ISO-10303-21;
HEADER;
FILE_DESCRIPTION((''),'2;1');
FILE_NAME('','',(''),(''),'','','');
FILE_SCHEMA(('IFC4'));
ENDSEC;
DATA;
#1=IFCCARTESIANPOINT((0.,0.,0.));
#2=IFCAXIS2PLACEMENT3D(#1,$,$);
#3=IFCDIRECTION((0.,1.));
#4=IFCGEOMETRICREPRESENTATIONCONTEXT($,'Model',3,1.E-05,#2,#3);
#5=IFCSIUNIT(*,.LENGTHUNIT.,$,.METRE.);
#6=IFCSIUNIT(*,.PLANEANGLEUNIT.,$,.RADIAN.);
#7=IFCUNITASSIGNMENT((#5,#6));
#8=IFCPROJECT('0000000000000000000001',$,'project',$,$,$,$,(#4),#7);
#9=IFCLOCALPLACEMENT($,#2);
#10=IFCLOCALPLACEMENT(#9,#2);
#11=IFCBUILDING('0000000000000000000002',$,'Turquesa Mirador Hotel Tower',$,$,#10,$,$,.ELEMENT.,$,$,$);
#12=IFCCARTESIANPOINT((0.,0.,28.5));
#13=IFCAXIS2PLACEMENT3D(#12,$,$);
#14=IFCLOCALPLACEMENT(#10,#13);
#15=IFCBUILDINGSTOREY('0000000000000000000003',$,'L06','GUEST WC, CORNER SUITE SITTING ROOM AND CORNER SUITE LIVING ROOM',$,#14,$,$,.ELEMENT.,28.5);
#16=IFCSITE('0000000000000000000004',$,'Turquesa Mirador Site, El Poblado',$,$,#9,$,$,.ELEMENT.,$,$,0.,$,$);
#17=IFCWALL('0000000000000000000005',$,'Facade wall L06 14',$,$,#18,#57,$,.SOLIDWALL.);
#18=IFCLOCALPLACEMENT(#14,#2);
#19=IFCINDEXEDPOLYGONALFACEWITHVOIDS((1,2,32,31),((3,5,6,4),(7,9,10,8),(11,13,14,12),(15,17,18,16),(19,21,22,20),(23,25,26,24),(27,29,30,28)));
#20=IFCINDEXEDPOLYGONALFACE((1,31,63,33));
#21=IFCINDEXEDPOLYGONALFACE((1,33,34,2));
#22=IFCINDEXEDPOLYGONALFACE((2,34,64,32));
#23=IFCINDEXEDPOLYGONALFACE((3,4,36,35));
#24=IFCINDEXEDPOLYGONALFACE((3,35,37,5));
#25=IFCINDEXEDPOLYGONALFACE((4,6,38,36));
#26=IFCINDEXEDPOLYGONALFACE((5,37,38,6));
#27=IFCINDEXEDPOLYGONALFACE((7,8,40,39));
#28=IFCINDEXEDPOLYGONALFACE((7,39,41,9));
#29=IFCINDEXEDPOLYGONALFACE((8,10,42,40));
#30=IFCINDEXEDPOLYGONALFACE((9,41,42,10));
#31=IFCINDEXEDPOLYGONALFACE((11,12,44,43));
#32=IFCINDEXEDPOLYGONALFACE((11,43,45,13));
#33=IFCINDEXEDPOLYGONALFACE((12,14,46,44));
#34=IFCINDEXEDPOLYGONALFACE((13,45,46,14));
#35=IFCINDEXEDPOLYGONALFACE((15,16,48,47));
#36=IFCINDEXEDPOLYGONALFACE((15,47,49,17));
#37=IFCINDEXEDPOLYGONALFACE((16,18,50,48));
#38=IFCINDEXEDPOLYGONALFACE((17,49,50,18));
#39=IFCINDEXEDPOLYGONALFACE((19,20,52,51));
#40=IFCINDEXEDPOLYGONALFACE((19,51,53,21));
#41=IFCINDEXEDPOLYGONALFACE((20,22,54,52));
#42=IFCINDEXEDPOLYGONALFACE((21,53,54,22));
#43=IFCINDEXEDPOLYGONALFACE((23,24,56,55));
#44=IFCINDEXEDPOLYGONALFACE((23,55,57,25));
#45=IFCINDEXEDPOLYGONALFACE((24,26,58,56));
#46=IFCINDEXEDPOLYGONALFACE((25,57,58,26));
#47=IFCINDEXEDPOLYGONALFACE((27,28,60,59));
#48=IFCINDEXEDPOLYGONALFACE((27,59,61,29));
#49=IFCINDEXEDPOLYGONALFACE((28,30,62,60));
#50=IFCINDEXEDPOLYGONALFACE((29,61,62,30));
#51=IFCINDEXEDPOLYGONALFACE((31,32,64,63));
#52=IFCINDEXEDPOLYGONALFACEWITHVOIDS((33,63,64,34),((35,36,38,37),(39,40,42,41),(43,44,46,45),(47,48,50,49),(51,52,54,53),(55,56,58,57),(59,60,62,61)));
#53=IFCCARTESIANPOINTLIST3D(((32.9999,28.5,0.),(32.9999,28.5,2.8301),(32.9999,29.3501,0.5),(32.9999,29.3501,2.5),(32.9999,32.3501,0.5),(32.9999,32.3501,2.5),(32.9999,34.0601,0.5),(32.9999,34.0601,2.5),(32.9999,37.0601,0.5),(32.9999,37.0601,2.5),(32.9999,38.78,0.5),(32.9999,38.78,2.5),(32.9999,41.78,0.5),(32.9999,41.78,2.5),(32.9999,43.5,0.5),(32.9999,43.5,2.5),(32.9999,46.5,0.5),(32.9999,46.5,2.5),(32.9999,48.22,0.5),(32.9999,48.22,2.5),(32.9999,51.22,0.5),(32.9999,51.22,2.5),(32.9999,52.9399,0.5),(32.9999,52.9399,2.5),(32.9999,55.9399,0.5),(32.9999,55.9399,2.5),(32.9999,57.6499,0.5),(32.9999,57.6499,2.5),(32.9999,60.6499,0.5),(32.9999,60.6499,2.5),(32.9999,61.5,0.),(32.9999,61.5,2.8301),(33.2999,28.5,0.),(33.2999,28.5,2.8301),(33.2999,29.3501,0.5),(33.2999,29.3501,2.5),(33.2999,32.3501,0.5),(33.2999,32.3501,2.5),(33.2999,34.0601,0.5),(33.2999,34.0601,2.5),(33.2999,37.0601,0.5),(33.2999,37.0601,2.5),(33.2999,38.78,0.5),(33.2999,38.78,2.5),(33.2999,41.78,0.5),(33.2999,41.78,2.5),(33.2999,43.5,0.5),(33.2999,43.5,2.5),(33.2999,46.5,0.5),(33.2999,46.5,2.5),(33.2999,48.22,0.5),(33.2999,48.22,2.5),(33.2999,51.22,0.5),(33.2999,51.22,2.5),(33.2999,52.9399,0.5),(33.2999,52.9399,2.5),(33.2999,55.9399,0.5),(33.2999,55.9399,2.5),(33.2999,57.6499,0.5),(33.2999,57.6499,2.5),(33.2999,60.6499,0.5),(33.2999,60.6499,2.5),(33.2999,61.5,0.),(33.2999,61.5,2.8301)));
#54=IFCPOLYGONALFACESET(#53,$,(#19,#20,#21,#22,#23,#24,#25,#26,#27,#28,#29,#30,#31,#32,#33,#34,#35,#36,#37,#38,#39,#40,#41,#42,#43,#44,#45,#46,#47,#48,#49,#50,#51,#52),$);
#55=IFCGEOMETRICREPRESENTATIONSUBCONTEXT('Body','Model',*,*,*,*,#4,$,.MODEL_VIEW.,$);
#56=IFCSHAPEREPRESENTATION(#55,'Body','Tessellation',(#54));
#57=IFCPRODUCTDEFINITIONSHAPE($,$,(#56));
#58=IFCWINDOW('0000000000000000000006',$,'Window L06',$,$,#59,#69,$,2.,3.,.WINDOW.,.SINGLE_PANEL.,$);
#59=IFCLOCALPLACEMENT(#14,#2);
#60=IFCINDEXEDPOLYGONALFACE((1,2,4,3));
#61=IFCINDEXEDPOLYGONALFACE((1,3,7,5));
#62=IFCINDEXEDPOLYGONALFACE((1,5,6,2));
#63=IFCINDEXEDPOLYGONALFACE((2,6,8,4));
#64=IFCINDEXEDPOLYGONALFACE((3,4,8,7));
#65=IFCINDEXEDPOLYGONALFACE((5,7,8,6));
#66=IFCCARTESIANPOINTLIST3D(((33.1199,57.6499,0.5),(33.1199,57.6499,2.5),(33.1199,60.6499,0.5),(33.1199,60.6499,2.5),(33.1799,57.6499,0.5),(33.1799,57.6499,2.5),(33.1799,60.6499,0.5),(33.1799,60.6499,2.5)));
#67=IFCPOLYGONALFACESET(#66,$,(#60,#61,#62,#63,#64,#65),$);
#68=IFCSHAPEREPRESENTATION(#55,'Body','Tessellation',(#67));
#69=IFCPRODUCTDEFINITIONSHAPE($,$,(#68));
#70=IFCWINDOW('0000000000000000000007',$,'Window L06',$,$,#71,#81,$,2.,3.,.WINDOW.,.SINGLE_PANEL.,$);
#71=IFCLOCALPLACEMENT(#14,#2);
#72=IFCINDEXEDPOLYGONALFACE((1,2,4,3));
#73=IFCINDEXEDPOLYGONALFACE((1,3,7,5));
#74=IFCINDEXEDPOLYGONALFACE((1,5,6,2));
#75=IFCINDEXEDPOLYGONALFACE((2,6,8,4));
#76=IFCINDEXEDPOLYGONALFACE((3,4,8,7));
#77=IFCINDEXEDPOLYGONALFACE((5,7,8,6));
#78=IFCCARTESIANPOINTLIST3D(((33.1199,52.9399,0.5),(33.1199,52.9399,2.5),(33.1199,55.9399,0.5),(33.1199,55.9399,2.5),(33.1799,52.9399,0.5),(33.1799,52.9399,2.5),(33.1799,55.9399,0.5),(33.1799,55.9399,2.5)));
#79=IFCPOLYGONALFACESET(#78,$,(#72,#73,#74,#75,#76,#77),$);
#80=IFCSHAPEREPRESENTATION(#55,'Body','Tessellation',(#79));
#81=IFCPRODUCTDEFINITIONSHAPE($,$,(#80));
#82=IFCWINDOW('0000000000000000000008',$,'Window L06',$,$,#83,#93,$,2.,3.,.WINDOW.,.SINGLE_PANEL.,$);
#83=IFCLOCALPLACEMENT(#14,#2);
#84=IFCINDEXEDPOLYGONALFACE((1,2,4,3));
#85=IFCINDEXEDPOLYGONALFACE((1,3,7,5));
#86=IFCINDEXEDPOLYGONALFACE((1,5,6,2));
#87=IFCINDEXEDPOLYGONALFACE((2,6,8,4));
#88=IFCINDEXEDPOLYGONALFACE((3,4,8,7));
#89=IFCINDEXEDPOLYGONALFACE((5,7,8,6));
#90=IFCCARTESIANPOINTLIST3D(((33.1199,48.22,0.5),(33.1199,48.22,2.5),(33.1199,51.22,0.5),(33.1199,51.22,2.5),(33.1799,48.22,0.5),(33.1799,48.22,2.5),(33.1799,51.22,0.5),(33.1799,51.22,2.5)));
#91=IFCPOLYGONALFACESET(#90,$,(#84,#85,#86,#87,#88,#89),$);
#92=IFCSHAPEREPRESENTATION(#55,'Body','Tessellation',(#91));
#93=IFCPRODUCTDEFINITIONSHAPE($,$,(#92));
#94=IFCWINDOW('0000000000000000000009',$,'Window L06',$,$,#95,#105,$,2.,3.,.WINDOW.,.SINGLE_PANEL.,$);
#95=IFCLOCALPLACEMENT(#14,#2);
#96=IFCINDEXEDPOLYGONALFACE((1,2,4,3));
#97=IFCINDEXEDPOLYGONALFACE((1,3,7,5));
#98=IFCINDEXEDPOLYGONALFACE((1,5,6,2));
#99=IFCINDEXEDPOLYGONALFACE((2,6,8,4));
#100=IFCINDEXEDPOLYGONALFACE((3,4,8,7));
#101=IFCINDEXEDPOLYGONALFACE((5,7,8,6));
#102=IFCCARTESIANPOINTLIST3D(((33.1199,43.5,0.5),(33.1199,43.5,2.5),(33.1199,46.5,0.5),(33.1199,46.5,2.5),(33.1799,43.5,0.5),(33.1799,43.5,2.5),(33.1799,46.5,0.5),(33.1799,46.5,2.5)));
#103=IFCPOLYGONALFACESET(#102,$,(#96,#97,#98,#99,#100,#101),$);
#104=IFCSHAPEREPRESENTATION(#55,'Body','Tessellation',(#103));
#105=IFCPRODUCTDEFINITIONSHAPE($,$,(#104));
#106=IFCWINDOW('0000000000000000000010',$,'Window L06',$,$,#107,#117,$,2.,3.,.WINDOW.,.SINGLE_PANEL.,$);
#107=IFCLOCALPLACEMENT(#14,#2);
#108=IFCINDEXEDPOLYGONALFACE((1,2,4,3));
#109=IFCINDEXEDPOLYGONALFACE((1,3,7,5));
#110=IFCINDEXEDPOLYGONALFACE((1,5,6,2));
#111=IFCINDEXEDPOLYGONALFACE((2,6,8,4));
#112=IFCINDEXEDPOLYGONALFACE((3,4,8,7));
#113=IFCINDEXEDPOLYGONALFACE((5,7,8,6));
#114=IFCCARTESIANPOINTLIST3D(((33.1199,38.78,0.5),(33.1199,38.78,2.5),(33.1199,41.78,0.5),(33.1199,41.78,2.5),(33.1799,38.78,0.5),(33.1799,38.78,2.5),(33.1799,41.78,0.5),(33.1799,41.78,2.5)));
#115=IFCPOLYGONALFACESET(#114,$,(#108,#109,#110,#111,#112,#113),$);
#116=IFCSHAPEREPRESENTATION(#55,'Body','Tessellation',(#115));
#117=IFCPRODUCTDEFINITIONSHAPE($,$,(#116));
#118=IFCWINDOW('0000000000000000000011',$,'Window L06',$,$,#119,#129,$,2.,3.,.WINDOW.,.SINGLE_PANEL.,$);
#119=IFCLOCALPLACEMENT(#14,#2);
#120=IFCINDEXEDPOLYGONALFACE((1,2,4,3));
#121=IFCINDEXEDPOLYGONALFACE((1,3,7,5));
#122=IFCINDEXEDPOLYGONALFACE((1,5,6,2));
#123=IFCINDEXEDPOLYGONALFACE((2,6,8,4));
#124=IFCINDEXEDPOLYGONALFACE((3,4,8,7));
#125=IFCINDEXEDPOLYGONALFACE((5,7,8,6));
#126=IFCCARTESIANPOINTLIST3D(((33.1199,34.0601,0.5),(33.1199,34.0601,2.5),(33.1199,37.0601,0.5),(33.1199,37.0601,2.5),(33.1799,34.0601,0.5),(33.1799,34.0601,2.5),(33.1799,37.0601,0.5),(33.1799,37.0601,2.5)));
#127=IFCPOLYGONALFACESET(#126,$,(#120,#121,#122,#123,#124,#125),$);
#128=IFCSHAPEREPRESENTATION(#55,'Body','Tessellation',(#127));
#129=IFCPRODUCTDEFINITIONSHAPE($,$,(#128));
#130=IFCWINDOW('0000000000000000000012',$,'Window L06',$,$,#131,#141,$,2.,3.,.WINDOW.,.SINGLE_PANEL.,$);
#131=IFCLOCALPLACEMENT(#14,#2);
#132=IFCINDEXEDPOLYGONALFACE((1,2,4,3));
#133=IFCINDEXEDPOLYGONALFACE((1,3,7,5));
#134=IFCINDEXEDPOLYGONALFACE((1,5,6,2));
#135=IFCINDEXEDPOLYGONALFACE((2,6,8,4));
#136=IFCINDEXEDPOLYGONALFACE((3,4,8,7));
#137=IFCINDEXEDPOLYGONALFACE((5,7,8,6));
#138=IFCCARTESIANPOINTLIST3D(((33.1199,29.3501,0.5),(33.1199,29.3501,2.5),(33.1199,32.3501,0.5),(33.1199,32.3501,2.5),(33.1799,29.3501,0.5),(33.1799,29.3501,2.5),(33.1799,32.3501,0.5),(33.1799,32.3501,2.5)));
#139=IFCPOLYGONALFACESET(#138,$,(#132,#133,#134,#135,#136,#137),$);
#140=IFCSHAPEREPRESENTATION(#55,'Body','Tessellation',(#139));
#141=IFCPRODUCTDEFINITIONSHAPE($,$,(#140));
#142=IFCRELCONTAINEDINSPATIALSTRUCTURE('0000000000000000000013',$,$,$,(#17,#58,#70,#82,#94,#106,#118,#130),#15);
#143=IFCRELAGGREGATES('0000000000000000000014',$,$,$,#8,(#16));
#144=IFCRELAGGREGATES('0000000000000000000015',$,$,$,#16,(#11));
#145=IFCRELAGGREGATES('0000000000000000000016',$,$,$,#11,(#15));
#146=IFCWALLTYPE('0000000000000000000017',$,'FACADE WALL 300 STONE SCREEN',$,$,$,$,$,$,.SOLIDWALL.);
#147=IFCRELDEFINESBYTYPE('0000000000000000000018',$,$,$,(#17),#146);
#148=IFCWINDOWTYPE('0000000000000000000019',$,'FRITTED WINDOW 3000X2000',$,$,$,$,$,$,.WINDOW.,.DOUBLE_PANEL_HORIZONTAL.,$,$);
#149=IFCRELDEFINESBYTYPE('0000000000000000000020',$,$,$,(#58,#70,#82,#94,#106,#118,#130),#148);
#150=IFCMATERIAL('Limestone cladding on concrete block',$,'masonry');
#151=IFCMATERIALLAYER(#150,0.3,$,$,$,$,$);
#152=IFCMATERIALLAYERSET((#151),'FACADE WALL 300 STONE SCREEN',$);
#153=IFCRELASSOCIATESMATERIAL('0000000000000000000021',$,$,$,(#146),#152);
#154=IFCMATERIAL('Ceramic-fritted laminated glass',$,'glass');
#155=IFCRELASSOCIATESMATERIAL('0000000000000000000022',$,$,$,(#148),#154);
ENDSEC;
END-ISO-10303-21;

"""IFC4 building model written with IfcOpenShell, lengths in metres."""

from ifc_helpers import new_model, si_unit, direction, frame, frame_2d, origin, place, context, subcontext, project, spatial, rectangle, extrude, material, layer, layer_set, type_object, element, fill, save


model = new_model("IFC4")

# Units and contexts
model_context = context("Model", 3, precision=1e-05, world=origin(), true_north=direction((0.0, 1.0)))
body_context = subcontext(model_context, "Body", "Model", "MODEL_VIEW")
ifc_project = project(units=[si_unit("LENGTHUNIT", "METRE"), si_unit("PLANEANGLEUNIT", "RADIAN")], contexts=[model_context])

# Site, building, storey
site_placement = place(None, origin())
site = spatial("IfcSite", under=ifc_project, at=site_placement, Name="Turquesa Mirador Site, El Poblado", CompositionType="ELEMENT", RefElevation=0.0)
building_placement = place(site_placement, origin())
building = spatial("IfcBuilding", under=site, at=building_placement, Name="Turquesa Mirador Hotel Tower", CompositionType="ELEMENT")
storey_placement = place(building_placement, frame((0.0, 0.0, 28.5)))
storey = spatial("IfcBuildingStorey", under=building, at=storey_placement, Name="L06", Description="GUEST WC, CORNER SUITE SITTING ROOM AND CORNER SUITE LIVING ROOM", CompositionType="ELEMENT", Elevation=28.5)

# Shared definitions
ifc_material_1 = material(Name="Limestone cladding on concrete block", Category="masonry")
ifc_layer = layer(ifc_material_1, 0.3)
ifc_layer_set = layer_set([ifc_layer], Name="FACADE WALL 300 STONE SCREEN")
wall_type = type_object("IfcWallType", Name="FACADE WALL 300 STONE SCREEN", PredefinedType="SOLIDWALL", material=ifc_layer_set)

# Wall, openings, windows
wall_1_placement = place(storey_placement, frame((33.1499, 61.5, 0.0), z_axis=(0.0, 0.0, 1.0), x_axis=(0.0, -1.0, 0.0)))
wall_1 = element("IfcWall", 1, at=wall_1_placement, inside=storey, type_object=wall_type, Name="Facade wall L06 14", PredefinedType="SOLIDWALL", context=body_context, shape_type="SweptSolid", body=[
    extrude(rectangle(XDim=33.0, YDim=0.3, at=frame_2d((16.5, 0.0))), origin(), (0.0, 0.0, 1.0), 2.8301),
])
opening_1_placement = place(wall_1_placement, frame((0.8501, 0.0, 0.5)))
opening_1 = element("IfcOpeningElement", 2, at=opening_1_placement, cuts=wall_1, PredefinedType="OPENING", context=body_context, shape_type="SweptSolid", body=[
    extrude(rectangle(XDim=3.0, YDim=2.0, at=frame_2d((1.5, 1.0))), frame((0.0, 0.1599, 0.0), z_axis=(0.0, -1.0, 0.0), x_axis=(1.0, 0.0, 0.0)), (0.0, 0.0, 1.0), 0.3201),
])
opening_2_placement = place(wall_1_placement, frame((5.5601, 0.0, 0.5)))
opening_2 = element("IfcOpeningElement", 3, at=opening_2_placement, cuts=wall_1, PredefinedType="OPENING", context=body_context, shape_type="SweptSolid", body=[
    extrude(rectangle(XDim=3.0, YDim=2.0, at=frame_2d((1.5, 1.0))), frame((0.0, 0.1599, 0.0), z_axis=(0.0, -1.0, 0.0), x_axis=(1.0, 0.0, 0.0)), (0.0, 0.0, 1.0), 0.3201),
])
opening_3_placement = place(wall_1_placement, frame((10.28, 0.0, 0.5)))
opening_3 = element("IfcOpeningElement", 4, at=opening_3_placement, cuts=wall_1, PredefinedType="OPENING", context=body_context, shape_type="SweptSolid", body=[
    extrude(rectangle(XDim=3.0, YDim=2.0, at=frame_2d((1.5, 1.0))), frame((0.0, 0.1599, 0.0), z_axis=(0.0, -1.0, 0.0), x_axis=(1.0, 0.0, 0.0)), (0.0, 0.0, 1.0), 0.3201),
])
opening_4_placement = place(wall_1_placement, frame((15.0, 0.0, 0.5)))
opening_4 = element("IfcOpeningElement", 5, at=opening_4_placement, cuts=wall_1, PredefinedType="OPENING", context=body_context, shape_type="SweptSolid", body=[
    extrude(rectangle(XDim=3.0, YDim=2.0, at=frame_2d((1.5, 1.0))), frame((0.0, 0.1599, 0.0), z_axis=(0.0, -1.0, 0.0), x_axis=(1.0, 0.0, 0.0)), (0.0, 0.0, 1.0), 0.3201),
])
opening_5_placement = place(wall_1_placement, frame((19.72, 0.0, 0.5)))
opening_5 = element("IfcOpeningElement", 6, at=opening_5_placement, cuts=wall_1, PredefinedType="OPENING", context=body_context, shape_type="SweptSolid", body=[
    extrude(rectangle(XDim=3.0, YDim=2.0, at=frame_2d((1.5, 1.0))), frame((0.0, 0.1599, 0.0), z_axis=(0.0, -1.0, 0.0), x_axis=(1.0, 0.0, 0.0)), (0.0, 0.0, 1.0), 0.3201),
])
opening_6_placement = place(wall_1_placement, frame((24.4399, 0.0, 0.5)))
opening_6 = element("IfcOpeningElement", 7, at=opening_6_placement, cuts=wall_1, PredefinedType="OPENING", context=body_context, shape_type="SweptSolid", body=[
    extrude(rectangle(XDim=3.0, YDim=2.0, at=frame_2d((1.5, 1.0))), frame((0.0, 0.1599, 0.0), z_axis=(0.0, -1.0, 0.0), x_axis=(1.0, 0.0, 0.0)), (0.0, 0.0, 1.0), 0.3201),
])
opening_7_placement = place(wall_1_placement, frame((29.1499, 0.0, 0.5)))
opening_7 = element("IfcOpeningElement", 8, at=opening_7_placement, cuts=wall_1, PredefinedType="OPENING", context=body_context, shape_type="SweptSolid", body=[
    extrude(rectangle(XDim=3.0, YDim=2.0, at=frame_2d((1.5, 1.0))), frame((0.0, 0.1599, 0.0), z_axis=(0.0, -1.0, 0.0), x_axis=(1.0, 0.0, 0.0)), (0.0, 0.0, 1.0), 0.3201),
])
ifc_material_2 = material(Name="Ceramic-fritted laminated glass", Category="glass")
window_type_1 = type_object("IfcWindowType", Name="FRITTED WINDOW 3000X2000", PartitioningType="DOUBLE_PANEL_HORIZONTAL", PredefinedType="WINDOW", material=ifc_material_2)
window_1_placement = place(opening_1_placement, origin())
window_1 = element("IfcWindow", 9, at=window_1_placement, inside=storey, type_object=window_type_1, Name="Window L06", OverallHeight=2.0, OverallWidth=3.0, PartitioningType="SINGLE_PANEL", PredefinedType="WINDOW", context=body_context, shape_type="SweptSolid", body=[
    extrude(rectangle(XDim=3.0, YDim=2.0, at=frame_2d((1.5, 1.0))), frame((0.0, 0.03, 0.0), z_axis=(0.0, -1.0, 0.0), x_axis=(1.0, 0.0, 0.0)), (0.0, 0.0, 1.0), 0.0601),
])
fill(opening_1, window_1)
window_2_placement = place(opening_2_placement, origin())
window_2 = element("IfcWindow", 10, at=window_2_placement, inside=storey, type_object=window_type_1, Name="Window L06", OverallHeight=2.0, OverallWidth=3.0, PartitioningType="SINGLE_PANEL", PredefinedType="WINDOW", context=body_context, shape_type="SweptSolid", body=[
    extrude(rectangle(XDim=3.0, YDim=2.0, at=frame_2d((1.5, 1.0))), frame((0.0, 0.03, 0.0), z_axis=(0.0, -1.0, 0.0), x_axis=(1.0, 0.0, 0.0)), (0.0, 0.0, 1.0), 0.0601),
])
fill(opening_2, window_2)
window_3_placement = place(opening_3_placement, origin())
window_3 = element("IfcWindow", 11, at=window_3_placement, inside=storey, type_object=window_type_1, Name="Window L06", OverallHeight=2.0, OverallWidth=3.0, PartitioningType="SINGLE_PANEL", PredefinedType="WINDOW", context=body_context, shape_type="SweptSolid", body=[
    extrude(rectangle(XDim=3.0, YDim=2.0, at=frame_2d((1.5, 1.0))), frame((0.0, 0.03, 0.0), z_axis=(0.0, -1.0, 0.0), x_axis=(1.0, 0.0, 0.0)), (0.0, 0.0, 1.0), 0.0601),
])
fill(opening_3, window_3)
window_4_placement = place(opening_4_placement, origin())
window_4 = element("IfcWindow", 12, at=window_4_placement, inside=storey, type_object=window_type_1, Name="Window L06", OverallHeight=2.0, OverallWidth=3.0, PartitioningType="SINGLE_PANEL", PredefinedType="WINDOW", context=body_context, shape_type="SweptSolid", body=[
    extrude(rectangle(XDim=3.0, YDim=2.0, at=frame_2d((1.5, 1.0))), frame((0.0, 0.03, 0.0), z_axis=(0.0, -1.0, 0.0), x_axis=(1.0, 0.0, 0.0)), (0.0, 0.0, 1.0), 0.0601),
])
fill(opening_4, window_4)
window_5_placement = place(opening_5_placement, origin())
window_5 = element("IfcWindow", 13, at=window_5_placement, inside=storey, type_object=window_type_1, Name="Window L06", OverallHeight=2.0, OverallWidth=3.0, PartitioningType="SINGLE_PANEL", PredefinedType="WINDOW", context=body_context, shape_type="SweptSolid", body=[
    extrude(rectangle(XDim=3.0, YDim=2.0, at=frame_2d((1.5, 1.0))), frame((0.0, 0.03, 0.0), z_axis=(0.0, -1.0, 0.0), x_axis=(1.0, 0.0, 0.0)), (0.0, 0.0, 1.0), 0.0601),
])
fill(opening_5, window_5)
window_6_placement = place(opening_6_placement, origin())
window_6 = element("IfcWindow", 14, at=window_6_placement, inside=storey, type_object=window_type_1, Name="Window L06", OverallHeight=2.0, OverallWidth=3.0, PartitioningType="SINGLE_PANEL", PredefinedType="WINDOW", context=body_context, shape_type="SweptSolid", body=[
    extrude(rectangle(XDim=3.0, YDim=2.0, at=frame_2d((1.5, 1.0))), frame((0.0, 0.03, 0.0), z_axis=(0.0, -1.0, 0.0), x_axis=(1.0, 0.0, 0.0)), (0.0, 0.0, 1.0), 0.0601),
])
fill(opening_6, window_6)
window_7_placement = place(opening_7_placement, origin())
window_7 = element("IfcWindow", 15, at=window_7_placement, inside=storey, type_object=window_type_1, Name="Window L06", OverallHeight=2.0, OverallWidth=3.0, PartitioningType="SINGLE_PANEL", PredefinedType="WINDOW", context=body_context, shape_type="SweptSolid", body=[
    extrude(rectangle(XDim=3.0, YDim=2.0, at=frame_2d((1.5, 1.0))), frame((0.0, 0.03, 0.0), z_axis=(0.0, -1.0, 0.0), x_axis=(1.0, 0.0, 0.0)), (0.0, 0.0, 1.0), 0.0601),
])
fill(opening_7, window_7)

save(model, "model.ifc")
